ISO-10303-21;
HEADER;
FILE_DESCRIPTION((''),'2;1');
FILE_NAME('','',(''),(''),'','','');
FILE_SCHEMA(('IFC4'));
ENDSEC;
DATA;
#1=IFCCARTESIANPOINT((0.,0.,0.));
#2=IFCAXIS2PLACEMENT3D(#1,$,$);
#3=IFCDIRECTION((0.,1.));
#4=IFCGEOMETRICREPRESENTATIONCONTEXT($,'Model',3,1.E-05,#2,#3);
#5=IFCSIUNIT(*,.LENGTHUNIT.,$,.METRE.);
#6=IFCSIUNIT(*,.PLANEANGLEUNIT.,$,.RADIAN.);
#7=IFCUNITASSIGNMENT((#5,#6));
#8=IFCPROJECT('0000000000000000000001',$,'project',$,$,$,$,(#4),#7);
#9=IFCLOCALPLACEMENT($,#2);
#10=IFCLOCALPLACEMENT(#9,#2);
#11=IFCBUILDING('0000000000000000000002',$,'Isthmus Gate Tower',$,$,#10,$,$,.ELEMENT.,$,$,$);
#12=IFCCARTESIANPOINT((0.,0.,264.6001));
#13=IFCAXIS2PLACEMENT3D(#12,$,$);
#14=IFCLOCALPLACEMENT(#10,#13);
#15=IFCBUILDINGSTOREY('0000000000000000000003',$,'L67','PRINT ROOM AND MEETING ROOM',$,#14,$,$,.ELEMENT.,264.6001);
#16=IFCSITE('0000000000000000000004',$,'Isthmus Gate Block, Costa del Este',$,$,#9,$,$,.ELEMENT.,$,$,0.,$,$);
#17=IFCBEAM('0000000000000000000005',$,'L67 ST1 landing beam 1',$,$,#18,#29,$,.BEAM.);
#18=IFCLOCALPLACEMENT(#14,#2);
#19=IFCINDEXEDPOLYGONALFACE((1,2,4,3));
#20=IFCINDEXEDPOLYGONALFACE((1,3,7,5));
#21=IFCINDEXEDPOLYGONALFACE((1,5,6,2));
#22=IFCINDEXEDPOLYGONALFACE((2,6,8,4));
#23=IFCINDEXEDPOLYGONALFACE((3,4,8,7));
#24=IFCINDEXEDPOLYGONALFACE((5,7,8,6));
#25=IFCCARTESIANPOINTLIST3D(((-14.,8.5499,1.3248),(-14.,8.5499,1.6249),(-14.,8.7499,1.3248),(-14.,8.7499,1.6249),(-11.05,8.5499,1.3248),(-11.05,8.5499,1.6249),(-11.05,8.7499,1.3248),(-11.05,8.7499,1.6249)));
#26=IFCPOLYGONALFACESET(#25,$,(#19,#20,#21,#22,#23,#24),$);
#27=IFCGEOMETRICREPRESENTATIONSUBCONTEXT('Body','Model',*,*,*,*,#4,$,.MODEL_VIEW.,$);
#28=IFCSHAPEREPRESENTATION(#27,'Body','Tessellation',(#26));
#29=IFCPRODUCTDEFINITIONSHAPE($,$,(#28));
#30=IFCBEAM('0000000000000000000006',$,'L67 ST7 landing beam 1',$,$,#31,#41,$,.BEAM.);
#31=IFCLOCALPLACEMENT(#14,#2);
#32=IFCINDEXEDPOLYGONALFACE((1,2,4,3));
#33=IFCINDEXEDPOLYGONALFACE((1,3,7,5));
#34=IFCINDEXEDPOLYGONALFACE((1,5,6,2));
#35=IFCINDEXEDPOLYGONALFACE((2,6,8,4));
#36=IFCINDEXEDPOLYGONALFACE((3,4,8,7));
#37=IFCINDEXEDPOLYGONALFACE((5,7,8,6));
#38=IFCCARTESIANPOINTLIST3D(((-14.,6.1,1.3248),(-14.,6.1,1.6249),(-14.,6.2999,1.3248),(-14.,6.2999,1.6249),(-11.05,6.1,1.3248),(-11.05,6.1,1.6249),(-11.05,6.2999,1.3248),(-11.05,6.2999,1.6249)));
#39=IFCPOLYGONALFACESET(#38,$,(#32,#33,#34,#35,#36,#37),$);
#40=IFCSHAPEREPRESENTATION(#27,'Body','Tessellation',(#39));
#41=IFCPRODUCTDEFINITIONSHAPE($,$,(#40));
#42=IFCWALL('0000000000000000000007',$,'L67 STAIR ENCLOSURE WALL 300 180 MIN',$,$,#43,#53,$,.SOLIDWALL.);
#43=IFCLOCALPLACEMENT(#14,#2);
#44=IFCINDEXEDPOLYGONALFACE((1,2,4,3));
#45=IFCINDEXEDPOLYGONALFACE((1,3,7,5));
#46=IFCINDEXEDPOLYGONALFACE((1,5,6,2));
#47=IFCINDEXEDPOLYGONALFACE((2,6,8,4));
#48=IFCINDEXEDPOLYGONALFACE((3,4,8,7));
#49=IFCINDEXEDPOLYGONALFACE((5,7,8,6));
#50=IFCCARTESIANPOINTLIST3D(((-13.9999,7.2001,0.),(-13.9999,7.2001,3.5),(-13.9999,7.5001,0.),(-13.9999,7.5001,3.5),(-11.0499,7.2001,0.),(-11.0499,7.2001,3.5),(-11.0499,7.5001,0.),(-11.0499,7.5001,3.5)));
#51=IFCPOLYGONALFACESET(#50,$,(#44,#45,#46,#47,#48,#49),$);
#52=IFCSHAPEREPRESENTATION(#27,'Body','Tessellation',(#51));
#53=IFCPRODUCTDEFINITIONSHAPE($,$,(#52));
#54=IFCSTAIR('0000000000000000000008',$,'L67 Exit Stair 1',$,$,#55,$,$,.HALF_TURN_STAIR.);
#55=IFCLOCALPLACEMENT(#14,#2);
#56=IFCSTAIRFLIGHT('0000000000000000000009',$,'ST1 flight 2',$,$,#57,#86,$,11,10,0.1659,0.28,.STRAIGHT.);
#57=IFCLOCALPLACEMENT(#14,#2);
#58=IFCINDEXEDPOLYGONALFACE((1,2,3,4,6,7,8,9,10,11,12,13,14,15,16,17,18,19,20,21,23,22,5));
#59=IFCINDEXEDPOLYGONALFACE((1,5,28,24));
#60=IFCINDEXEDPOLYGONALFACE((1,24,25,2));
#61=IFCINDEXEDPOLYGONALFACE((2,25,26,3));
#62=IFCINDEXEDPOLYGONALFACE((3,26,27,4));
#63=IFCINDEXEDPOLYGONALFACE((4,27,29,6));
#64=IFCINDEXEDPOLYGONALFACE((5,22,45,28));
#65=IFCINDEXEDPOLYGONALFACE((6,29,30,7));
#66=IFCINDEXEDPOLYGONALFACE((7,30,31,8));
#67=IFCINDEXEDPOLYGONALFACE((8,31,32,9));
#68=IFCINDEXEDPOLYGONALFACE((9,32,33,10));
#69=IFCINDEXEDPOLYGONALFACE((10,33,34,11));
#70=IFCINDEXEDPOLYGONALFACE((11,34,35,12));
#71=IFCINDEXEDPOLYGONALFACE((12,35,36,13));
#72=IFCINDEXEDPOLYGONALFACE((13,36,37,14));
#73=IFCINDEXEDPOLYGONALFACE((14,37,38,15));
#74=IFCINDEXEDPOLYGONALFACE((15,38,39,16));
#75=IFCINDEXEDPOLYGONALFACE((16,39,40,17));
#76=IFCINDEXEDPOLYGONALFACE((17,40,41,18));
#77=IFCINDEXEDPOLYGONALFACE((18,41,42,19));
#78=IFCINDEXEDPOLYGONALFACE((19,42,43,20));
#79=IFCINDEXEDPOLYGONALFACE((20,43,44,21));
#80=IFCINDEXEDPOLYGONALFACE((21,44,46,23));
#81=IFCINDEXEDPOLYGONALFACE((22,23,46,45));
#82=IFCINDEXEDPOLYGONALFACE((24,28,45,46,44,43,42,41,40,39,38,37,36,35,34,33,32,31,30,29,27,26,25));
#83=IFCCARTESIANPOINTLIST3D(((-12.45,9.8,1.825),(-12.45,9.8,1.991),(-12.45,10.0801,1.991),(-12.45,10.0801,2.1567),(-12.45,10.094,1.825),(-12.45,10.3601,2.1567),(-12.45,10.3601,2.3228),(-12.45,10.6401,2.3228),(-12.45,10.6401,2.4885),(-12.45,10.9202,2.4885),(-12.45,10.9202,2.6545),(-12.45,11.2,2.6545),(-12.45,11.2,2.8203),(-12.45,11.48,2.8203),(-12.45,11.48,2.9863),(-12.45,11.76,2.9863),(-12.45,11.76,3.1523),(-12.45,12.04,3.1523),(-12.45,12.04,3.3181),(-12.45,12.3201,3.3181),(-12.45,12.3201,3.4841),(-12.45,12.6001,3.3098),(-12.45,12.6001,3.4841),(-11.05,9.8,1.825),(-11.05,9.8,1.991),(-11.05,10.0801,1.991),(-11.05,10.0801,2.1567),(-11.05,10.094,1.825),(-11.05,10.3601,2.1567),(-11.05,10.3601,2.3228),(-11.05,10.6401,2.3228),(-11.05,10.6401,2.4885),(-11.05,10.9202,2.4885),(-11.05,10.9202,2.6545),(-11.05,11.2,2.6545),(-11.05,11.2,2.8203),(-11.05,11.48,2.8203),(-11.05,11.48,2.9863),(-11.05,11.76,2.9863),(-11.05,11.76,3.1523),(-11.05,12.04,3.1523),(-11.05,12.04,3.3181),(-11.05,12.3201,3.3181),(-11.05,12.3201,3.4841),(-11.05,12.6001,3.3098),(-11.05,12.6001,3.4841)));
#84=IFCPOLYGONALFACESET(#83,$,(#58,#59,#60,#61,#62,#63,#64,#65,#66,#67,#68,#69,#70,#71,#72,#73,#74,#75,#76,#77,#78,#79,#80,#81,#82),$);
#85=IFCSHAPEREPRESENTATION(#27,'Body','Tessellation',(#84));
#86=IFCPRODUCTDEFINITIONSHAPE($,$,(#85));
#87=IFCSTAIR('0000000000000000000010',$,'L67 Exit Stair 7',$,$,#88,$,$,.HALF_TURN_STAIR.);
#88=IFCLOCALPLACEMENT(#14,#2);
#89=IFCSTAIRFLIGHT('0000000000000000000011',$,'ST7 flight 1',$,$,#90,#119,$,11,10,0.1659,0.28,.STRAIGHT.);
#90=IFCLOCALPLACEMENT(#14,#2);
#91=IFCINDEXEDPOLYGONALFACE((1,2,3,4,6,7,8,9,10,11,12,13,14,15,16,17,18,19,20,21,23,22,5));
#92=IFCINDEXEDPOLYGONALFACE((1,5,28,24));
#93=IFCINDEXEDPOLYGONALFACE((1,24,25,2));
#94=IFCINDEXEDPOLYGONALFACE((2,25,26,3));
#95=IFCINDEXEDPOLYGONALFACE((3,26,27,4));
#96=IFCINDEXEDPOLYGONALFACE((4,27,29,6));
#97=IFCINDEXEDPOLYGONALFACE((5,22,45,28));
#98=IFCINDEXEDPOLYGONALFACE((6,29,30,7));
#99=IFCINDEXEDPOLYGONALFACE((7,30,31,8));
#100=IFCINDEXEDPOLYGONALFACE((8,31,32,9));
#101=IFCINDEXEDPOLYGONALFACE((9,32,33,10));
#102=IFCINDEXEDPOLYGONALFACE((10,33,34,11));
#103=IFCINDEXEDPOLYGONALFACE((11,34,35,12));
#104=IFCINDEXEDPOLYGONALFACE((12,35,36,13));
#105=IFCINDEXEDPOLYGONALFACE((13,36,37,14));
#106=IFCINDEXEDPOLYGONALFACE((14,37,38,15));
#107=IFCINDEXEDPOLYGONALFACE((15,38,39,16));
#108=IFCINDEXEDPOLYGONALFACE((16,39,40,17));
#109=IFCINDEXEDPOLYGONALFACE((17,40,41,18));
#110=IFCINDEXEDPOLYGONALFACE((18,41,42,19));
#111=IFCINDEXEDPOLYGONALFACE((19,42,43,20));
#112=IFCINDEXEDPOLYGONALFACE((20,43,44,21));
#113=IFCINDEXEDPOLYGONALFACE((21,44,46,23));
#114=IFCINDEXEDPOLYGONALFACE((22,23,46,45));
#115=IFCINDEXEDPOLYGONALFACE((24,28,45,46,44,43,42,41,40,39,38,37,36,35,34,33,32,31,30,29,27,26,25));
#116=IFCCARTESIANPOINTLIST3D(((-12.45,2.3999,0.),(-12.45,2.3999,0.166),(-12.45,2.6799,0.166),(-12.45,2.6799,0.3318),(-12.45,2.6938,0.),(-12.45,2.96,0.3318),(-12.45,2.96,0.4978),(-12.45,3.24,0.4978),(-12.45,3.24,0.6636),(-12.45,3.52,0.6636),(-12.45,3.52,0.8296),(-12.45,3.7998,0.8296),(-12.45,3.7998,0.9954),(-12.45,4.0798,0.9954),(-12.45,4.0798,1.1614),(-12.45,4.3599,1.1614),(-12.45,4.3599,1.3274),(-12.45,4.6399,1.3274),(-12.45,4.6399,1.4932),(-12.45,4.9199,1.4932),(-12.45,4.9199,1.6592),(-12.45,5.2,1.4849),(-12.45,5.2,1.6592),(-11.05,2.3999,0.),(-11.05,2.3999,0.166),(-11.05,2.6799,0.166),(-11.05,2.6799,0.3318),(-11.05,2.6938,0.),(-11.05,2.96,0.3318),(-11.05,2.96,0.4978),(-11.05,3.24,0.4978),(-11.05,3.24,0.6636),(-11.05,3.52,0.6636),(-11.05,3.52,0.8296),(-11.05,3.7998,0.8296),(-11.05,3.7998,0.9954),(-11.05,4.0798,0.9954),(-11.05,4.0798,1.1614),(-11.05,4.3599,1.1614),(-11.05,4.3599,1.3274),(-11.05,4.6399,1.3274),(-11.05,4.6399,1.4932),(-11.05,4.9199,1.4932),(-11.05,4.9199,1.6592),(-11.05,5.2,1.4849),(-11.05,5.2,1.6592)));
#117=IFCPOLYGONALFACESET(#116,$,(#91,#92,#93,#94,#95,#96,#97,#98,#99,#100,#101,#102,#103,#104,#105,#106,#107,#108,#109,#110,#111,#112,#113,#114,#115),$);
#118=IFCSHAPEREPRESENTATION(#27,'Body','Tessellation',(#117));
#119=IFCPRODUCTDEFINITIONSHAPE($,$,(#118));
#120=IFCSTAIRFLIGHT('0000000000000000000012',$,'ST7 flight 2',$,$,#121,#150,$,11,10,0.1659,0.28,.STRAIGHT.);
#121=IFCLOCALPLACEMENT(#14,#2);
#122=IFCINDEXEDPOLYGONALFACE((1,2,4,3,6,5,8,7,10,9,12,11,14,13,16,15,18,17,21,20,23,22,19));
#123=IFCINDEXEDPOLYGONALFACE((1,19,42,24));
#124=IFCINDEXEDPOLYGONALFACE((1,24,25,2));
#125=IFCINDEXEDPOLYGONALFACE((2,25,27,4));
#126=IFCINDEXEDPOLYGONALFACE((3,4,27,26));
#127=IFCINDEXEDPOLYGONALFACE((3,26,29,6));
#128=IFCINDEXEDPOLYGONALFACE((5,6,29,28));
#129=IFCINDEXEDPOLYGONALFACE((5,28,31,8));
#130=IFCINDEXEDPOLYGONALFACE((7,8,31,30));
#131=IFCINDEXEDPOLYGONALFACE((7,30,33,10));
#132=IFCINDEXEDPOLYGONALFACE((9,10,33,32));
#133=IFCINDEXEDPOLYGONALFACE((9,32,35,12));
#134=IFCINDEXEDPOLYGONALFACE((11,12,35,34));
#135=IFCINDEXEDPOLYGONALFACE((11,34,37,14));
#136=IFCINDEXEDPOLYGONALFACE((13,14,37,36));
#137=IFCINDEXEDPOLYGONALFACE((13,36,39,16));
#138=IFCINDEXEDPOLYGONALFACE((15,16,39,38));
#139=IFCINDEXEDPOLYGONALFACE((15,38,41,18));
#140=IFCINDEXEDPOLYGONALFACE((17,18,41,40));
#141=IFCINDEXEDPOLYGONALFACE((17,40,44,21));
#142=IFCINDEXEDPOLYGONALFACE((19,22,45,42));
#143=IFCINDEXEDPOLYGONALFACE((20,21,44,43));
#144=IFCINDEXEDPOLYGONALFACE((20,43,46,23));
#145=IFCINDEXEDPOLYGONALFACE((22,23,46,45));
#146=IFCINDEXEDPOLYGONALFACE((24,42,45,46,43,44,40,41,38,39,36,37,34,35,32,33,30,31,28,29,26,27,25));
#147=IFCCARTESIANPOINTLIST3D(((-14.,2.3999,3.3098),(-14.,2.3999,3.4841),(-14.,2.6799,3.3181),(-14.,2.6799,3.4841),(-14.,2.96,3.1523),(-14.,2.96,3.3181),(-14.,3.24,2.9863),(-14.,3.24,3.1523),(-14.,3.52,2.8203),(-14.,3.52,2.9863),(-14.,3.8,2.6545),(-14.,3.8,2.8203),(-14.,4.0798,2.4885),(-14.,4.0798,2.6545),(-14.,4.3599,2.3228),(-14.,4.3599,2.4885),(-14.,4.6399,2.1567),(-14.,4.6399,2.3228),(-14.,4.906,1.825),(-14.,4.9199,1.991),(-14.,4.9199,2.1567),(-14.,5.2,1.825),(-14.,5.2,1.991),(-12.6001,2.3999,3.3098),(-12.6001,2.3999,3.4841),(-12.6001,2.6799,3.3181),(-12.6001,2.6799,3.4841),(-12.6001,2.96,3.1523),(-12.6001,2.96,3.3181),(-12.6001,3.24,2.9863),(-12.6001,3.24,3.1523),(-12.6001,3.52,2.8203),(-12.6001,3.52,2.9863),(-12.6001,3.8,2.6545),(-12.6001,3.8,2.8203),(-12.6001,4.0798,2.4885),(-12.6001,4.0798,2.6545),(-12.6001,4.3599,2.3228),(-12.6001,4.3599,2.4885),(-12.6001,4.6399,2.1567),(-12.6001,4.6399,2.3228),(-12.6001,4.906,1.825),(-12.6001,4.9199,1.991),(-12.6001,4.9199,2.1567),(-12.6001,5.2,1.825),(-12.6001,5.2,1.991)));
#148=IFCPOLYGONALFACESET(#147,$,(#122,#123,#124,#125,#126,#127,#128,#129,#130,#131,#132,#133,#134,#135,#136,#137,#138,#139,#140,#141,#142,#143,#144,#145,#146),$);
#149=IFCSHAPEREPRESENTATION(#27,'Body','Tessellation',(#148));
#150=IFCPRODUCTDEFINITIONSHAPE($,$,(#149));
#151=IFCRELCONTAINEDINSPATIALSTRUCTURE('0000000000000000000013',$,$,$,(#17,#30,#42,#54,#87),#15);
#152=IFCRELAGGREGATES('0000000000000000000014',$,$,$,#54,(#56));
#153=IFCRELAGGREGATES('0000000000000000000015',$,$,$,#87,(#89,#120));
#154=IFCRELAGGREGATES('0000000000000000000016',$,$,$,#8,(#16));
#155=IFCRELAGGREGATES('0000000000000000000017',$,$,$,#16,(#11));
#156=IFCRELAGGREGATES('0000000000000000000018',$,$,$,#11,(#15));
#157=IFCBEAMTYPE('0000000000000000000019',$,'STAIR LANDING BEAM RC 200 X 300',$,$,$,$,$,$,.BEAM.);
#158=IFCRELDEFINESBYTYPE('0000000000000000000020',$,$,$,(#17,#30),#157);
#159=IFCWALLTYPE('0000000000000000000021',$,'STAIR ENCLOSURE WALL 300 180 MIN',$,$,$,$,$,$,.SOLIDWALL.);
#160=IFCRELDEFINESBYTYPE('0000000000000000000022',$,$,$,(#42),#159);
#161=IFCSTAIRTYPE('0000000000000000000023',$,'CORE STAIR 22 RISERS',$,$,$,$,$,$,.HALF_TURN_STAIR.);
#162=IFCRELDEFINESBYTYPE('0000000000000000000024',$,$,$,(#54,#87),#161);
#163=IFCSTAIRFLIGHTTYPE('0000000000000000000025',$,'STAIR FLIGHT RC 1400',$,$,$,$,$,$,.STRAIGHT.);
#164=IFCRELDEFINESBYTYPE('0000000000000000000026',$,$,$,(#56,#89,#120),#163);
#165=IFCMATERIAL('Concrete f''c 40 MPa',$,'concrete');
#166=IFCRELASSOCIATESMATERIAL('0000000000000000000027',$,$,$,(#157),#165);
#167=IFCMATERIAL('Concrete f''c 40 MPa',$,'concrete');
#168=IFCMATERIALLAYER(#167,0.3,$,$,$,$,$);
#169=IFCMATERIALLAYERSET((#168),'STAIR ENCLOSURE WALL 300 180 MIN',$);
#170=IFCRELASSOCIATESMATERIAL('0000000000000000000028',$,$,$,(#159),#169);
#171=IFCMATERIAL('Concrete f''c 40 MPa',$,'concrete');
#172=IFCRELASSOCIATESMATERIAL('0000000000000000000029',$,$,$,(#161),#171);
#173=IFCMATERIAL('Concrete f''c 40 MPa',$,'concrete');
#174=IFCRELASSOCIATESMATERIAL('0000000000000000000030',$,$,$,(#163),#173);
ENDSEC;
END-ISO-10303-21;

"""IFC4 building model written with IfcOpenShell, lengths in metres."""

from ifc_helpers import new_model, si_unit, direction, frame, frame_2d, origin, origin_2d, place, context, subcontext, project, spatial, polyline, rectangle, outline, extrude, material, layer, layer_set, material_profile, profile_set, type_object, element, aggregate, save


model = new_model("IFC4")

# Units and contexts
model_context = context("Model", 3, precision=1e-05, world=origin(), true_north=direction((0.0, 1.0)))
body_context = subcontext(model_context, "Body", "Model", "MODEL_VIEW")
ifc_project = project(units=[si_unit("LENGTHUNIT", "METRE"), si_unit("PLANEANGLEUNIT", "RADIAN")], contexts=[model_context])

# Site, building, storey
site_placement = place(None, origin())
site = spatial("IfcSite", under=ifc_project, at=site_placement, Name="Isthmus Gate Block, Costa del Este", CompositionType="ELEMENT", RefElevation=0.0)
building_placement = place(site_placement, origin())
building = spatial("IfcBuilding", under=site, at=building_placement, Name="Isthmus Gate Tower", CompositionType="ELEMENT")
storey_placement = place(building_placement, frame((0.0, 0.0, 264.6001)))
storey = spatial("IfcBuildingStorey", under=building, at=storey_placement, Name="L67", Description="PRINT ROOM AND MEETING ROOM", CompositionType="ELEMENT", Elevation=264.6001)

# Beams
ifc_material_1 = material(Name="Concrete f'c 40 MPa", Category="concrete")
ifc_material_profile = material_profile(ifc_material_1, rectangle(XDim=0.2, YDim=0.3, at=origin_2d()), Name="STAIR LANDING BEAM RC 200 X 300")
ifc_profile_set = profile_set([ifc_material_profile], Name="Concrete f'c 40 MPa")
beam_type = type_object("IfcBeamType", Name="STAIR LANDING BEAM RC 200 X 300", PredefinedType="BEAM", material=ifc_profile_set)
for number, where, z_axis, x_axis, name in (
    (1, (-14.0, 8.6499, 1.4749), (1.0, 0.0, 0.0), (0.0, 1.0, 0.0), "L67 ST1 landing beam 1"),
    (2, (-14.0, 6.2, 1.4749), (1.0, 0.0, 0.0), (0.0, 1.0, 0.0), "L67 ST7 landing beam 1"),
):
    element("IfcBeam", number, at=place(storey_placement, frame(where, z_axis=z_axis, x_axis=x_axis)), inside=storey, type_object=beam_type, Name=name, PredefinedType="BEAM", context=body_context, shape_type="SweptSolid", body=[
        extrude(rectangle(XDim=0.2, YDim=0.3, at=origin_2d()), origin(), (0.0, 0.0, 1.0), 2.95),
    ])

# Wall
ifc_material_2 = material(Name="Concrete f'c 40 MPa", Category="concrete")
ifc_layer = layer(ifc_material_2, 0.3)
ifc_layer_set = layer_set([ifc_layer], Name="STAIR ENCLOSURE WALL 300 180 MIN")
wall_type = type_object("IfcWallType", Name="STAIR ENCLOSURE WALL 300 180 MIN", PredefinedType="SOLIDWALL", material=ifc_layer_set)
wall_placement = place(storey_placement, frame((-14.0, 7.3501, 0.0), z_axis=(0.0, 0.0, 1.0), x_axis=(1.0, 0.0, 0.0)))
element("IfcWall", 3, at=wall_placement, inside=storey, type_object=wall_type, Name="L67 STAIR ENCLOSURE WALL 300 180 MIN", PredefinedType="SOLIDWALL", context=body_context, shape_type="SweptSolid", body=[
    extrude(rectangle(XDim=2.95, YDim=0.3, at=frame_2d((1.4751, 0.0))), origin(), (0.0, 0.0, 1.0), 3.5),
])

# Stair, stair flight
ifc_material_3 = material(Name="Concrete f'c 40 MPa", Category="concrete")
stair_type = type_object("IfcStairType", Name="CORE STAIR 22 RISERS", PredefinedType="HALF_TURN_STAIR", material=ifc_material_3)
stair_1_placement = place(storey_placement, origin())
stair_1 = element("IfcStair", 4, at=stair_1_placement, inside=storey, type_object=stair_type, Name="L67 Exit Stair 1", PredefinedType="HALF_TURN_STAIR")
ifc_material_4 = material(Name="Concrete f'c 40 MPa", Category="concrete")
stair_flight_type = type_object("IfcStairFlightType", Name="STAIR FLIGHT RC 1400", PredefinedType="STRAIGHT", material=ifc_material_4)
stair_flight_1_placement = place(storey_placement, frame((-11.75, 9.8, 1.825), z_axis=(0.0, 0.0, 1.0), x_axis=(0.0, 1.0, 0.0)))
stair_flight_1 = element("IfcStairFlight", 5, at=stair_flight_1_placement, type_object=stair_flight_type, Name="ST1 flight 2", NumberOfRisers=11, NumberOfTreads=10, PredefinedType="STRAIGHT", RiserHeight=0.1659, TreadLength=0.28, context=body_context, shape_type="SweptSolid", body=[
    extrude(outline(polyline([(0.0, 0.0), (0.0, 0.166), (0.28, 0.166), (0.28, 0.3318), (0.5601, 0.3318), (0.5601, 0.4978), (0.8401, 0.4978), (0.8401, 0.6636), (1.1201, 0.6636), (1.1201, 0.8296), (1.3999, 0.8296), (1.3999, 0.9954), (1.6799, 0.9954), (1.6799, 1.1614), (1.96, 1.1614), (1.96, 1.3274), (2.24, 1.3274), (2.24, 1.4932), (2.52, 1.4932), (2.52, 1.6592), (2.8, 1.6592), (2.8, 1.825), (2.8, 1.4849), (0.2939, 0.0), (0.0, 0.0)])), frame((0.0, 0.7, 0.0), z_axis=(0.0, -1.0, 0.0), x_axis=(1.0, 0.0, 0.0)), (0.0, 0.0, 1.0), 1.3999),
])
aggregate(stair_1, [stair_flight_1])

# Stair, stair flights
stair_2_placement = place(storey_placement, origin())
stair_2 = element("IfcStair", 6, at=stair_2_placement, inside=storey, type_object=stair_type, Name="L67 Exit Stair 7", PredefinedType="HALF_TURN_STAIR")
stair_flight_2_placement = place(storey_placement, frame((-11.75, 2.3999, 0.0), z_axis=(0.0, 0.0, 1.0), x_axis=(0.0, 1.0, 0.0)))
stair_flight_2 = element("IfcStairFlight", 7, at=stair_flight_2_placement, type_object=stair_flight_type, Name="ST7 flight 1", NumberOfRisers=11, NumberOfTreads=10, PredefinedType="STRAIGHT", RiserHeight=0.1659, TreadLength=0.28, context=body_context, shape_type="SweptSolid", body=[
    extrude(outline(polyline([(0.0, 0.0), (0.0, 0.166), (0.28, 0.166), (0.28, 0.3318), (0.5601, 0.3318), (0.5601, 0.4978), (0.8401, 0.4978), (0.8401, 0.6636), (1.1201, 0.6636), (1.1201, 0.8296), (1.3999, 0.8296), (1.3999, 0.9954), (1.6799, 0.9954), (1.6799, 1.1614), (1.96, 1.1614), (1.96, 1.3274), (2.24, 1.3274), (2.24, 1.4932), (2.52, 1.4932), (2.52, 1.6592), (2.8, 1.6592), (2.8, 1.825), (2.8, 1.4849), (0.2939, 0.0), (0.0, 0.0)])), frame((0.0, 0.7, 0.0), z_axis=(0.0, -1.0, 0.0), x_axis=(1.0, 0.0, 0.0)), (0.0, 0.0, 1.0), 1.3999),
])
stair_flight_3_placement = place(storey_placement, frame((-13.3, 5.2, 1.825), z_axis=(0.0, 0.0, 1.0), x_axis=(0.0, -1.0, 0.0)))
stair_flight_3 = element("IfcStairFlight", 8, at=stair_flight_3_placement, type_object=stair_flight_type, Name="ST7 flight 2", NumberOfRisers=11, NumberOfTreads=10, PredefinedType="STRAIGHT", RiserHeight=0.1659, TreadLength=0.28, context=body_context, shape_type="SweptSolid", body=[
    extrude(outline(polyline([(0.0, 0.0), (0.0, 0.166), (0.28, 0.166), (0.28, 0.3318), (0.5601, 0.3318), (0.5601, 0.4978), (0.8401, 0.4978), (0.8401, 0.6636), (1.1201, 0.6636), (1.1201, 0.8296), (1.3999, 0.8296), (1.3999, 0.9954), (1.6799, 0.9954), (1.6799, 1.1614), (1.96, 1.1614), (1.96, 1.3274), (2.24, 1.3274), (2.24, 1.4932), (2.52, 1.4932), (2.52, 1.6592), (2.8, 1.6592), (2.8, 1.825), (2.8, 1.4849), (0.2939, 0.0), (0.0, 0.0)])), frame((0.0, 0.7, 0.0), z_axis=(0.0, -1.0, 0.0), x_axis=(1.0, 0.0, 0.0)), (0.0, 0.0, 1.0), 1.3999),
])
aggregate(stair_2, [stair_flight_2, stair_flight_3])

save(model, "model.ifc")
